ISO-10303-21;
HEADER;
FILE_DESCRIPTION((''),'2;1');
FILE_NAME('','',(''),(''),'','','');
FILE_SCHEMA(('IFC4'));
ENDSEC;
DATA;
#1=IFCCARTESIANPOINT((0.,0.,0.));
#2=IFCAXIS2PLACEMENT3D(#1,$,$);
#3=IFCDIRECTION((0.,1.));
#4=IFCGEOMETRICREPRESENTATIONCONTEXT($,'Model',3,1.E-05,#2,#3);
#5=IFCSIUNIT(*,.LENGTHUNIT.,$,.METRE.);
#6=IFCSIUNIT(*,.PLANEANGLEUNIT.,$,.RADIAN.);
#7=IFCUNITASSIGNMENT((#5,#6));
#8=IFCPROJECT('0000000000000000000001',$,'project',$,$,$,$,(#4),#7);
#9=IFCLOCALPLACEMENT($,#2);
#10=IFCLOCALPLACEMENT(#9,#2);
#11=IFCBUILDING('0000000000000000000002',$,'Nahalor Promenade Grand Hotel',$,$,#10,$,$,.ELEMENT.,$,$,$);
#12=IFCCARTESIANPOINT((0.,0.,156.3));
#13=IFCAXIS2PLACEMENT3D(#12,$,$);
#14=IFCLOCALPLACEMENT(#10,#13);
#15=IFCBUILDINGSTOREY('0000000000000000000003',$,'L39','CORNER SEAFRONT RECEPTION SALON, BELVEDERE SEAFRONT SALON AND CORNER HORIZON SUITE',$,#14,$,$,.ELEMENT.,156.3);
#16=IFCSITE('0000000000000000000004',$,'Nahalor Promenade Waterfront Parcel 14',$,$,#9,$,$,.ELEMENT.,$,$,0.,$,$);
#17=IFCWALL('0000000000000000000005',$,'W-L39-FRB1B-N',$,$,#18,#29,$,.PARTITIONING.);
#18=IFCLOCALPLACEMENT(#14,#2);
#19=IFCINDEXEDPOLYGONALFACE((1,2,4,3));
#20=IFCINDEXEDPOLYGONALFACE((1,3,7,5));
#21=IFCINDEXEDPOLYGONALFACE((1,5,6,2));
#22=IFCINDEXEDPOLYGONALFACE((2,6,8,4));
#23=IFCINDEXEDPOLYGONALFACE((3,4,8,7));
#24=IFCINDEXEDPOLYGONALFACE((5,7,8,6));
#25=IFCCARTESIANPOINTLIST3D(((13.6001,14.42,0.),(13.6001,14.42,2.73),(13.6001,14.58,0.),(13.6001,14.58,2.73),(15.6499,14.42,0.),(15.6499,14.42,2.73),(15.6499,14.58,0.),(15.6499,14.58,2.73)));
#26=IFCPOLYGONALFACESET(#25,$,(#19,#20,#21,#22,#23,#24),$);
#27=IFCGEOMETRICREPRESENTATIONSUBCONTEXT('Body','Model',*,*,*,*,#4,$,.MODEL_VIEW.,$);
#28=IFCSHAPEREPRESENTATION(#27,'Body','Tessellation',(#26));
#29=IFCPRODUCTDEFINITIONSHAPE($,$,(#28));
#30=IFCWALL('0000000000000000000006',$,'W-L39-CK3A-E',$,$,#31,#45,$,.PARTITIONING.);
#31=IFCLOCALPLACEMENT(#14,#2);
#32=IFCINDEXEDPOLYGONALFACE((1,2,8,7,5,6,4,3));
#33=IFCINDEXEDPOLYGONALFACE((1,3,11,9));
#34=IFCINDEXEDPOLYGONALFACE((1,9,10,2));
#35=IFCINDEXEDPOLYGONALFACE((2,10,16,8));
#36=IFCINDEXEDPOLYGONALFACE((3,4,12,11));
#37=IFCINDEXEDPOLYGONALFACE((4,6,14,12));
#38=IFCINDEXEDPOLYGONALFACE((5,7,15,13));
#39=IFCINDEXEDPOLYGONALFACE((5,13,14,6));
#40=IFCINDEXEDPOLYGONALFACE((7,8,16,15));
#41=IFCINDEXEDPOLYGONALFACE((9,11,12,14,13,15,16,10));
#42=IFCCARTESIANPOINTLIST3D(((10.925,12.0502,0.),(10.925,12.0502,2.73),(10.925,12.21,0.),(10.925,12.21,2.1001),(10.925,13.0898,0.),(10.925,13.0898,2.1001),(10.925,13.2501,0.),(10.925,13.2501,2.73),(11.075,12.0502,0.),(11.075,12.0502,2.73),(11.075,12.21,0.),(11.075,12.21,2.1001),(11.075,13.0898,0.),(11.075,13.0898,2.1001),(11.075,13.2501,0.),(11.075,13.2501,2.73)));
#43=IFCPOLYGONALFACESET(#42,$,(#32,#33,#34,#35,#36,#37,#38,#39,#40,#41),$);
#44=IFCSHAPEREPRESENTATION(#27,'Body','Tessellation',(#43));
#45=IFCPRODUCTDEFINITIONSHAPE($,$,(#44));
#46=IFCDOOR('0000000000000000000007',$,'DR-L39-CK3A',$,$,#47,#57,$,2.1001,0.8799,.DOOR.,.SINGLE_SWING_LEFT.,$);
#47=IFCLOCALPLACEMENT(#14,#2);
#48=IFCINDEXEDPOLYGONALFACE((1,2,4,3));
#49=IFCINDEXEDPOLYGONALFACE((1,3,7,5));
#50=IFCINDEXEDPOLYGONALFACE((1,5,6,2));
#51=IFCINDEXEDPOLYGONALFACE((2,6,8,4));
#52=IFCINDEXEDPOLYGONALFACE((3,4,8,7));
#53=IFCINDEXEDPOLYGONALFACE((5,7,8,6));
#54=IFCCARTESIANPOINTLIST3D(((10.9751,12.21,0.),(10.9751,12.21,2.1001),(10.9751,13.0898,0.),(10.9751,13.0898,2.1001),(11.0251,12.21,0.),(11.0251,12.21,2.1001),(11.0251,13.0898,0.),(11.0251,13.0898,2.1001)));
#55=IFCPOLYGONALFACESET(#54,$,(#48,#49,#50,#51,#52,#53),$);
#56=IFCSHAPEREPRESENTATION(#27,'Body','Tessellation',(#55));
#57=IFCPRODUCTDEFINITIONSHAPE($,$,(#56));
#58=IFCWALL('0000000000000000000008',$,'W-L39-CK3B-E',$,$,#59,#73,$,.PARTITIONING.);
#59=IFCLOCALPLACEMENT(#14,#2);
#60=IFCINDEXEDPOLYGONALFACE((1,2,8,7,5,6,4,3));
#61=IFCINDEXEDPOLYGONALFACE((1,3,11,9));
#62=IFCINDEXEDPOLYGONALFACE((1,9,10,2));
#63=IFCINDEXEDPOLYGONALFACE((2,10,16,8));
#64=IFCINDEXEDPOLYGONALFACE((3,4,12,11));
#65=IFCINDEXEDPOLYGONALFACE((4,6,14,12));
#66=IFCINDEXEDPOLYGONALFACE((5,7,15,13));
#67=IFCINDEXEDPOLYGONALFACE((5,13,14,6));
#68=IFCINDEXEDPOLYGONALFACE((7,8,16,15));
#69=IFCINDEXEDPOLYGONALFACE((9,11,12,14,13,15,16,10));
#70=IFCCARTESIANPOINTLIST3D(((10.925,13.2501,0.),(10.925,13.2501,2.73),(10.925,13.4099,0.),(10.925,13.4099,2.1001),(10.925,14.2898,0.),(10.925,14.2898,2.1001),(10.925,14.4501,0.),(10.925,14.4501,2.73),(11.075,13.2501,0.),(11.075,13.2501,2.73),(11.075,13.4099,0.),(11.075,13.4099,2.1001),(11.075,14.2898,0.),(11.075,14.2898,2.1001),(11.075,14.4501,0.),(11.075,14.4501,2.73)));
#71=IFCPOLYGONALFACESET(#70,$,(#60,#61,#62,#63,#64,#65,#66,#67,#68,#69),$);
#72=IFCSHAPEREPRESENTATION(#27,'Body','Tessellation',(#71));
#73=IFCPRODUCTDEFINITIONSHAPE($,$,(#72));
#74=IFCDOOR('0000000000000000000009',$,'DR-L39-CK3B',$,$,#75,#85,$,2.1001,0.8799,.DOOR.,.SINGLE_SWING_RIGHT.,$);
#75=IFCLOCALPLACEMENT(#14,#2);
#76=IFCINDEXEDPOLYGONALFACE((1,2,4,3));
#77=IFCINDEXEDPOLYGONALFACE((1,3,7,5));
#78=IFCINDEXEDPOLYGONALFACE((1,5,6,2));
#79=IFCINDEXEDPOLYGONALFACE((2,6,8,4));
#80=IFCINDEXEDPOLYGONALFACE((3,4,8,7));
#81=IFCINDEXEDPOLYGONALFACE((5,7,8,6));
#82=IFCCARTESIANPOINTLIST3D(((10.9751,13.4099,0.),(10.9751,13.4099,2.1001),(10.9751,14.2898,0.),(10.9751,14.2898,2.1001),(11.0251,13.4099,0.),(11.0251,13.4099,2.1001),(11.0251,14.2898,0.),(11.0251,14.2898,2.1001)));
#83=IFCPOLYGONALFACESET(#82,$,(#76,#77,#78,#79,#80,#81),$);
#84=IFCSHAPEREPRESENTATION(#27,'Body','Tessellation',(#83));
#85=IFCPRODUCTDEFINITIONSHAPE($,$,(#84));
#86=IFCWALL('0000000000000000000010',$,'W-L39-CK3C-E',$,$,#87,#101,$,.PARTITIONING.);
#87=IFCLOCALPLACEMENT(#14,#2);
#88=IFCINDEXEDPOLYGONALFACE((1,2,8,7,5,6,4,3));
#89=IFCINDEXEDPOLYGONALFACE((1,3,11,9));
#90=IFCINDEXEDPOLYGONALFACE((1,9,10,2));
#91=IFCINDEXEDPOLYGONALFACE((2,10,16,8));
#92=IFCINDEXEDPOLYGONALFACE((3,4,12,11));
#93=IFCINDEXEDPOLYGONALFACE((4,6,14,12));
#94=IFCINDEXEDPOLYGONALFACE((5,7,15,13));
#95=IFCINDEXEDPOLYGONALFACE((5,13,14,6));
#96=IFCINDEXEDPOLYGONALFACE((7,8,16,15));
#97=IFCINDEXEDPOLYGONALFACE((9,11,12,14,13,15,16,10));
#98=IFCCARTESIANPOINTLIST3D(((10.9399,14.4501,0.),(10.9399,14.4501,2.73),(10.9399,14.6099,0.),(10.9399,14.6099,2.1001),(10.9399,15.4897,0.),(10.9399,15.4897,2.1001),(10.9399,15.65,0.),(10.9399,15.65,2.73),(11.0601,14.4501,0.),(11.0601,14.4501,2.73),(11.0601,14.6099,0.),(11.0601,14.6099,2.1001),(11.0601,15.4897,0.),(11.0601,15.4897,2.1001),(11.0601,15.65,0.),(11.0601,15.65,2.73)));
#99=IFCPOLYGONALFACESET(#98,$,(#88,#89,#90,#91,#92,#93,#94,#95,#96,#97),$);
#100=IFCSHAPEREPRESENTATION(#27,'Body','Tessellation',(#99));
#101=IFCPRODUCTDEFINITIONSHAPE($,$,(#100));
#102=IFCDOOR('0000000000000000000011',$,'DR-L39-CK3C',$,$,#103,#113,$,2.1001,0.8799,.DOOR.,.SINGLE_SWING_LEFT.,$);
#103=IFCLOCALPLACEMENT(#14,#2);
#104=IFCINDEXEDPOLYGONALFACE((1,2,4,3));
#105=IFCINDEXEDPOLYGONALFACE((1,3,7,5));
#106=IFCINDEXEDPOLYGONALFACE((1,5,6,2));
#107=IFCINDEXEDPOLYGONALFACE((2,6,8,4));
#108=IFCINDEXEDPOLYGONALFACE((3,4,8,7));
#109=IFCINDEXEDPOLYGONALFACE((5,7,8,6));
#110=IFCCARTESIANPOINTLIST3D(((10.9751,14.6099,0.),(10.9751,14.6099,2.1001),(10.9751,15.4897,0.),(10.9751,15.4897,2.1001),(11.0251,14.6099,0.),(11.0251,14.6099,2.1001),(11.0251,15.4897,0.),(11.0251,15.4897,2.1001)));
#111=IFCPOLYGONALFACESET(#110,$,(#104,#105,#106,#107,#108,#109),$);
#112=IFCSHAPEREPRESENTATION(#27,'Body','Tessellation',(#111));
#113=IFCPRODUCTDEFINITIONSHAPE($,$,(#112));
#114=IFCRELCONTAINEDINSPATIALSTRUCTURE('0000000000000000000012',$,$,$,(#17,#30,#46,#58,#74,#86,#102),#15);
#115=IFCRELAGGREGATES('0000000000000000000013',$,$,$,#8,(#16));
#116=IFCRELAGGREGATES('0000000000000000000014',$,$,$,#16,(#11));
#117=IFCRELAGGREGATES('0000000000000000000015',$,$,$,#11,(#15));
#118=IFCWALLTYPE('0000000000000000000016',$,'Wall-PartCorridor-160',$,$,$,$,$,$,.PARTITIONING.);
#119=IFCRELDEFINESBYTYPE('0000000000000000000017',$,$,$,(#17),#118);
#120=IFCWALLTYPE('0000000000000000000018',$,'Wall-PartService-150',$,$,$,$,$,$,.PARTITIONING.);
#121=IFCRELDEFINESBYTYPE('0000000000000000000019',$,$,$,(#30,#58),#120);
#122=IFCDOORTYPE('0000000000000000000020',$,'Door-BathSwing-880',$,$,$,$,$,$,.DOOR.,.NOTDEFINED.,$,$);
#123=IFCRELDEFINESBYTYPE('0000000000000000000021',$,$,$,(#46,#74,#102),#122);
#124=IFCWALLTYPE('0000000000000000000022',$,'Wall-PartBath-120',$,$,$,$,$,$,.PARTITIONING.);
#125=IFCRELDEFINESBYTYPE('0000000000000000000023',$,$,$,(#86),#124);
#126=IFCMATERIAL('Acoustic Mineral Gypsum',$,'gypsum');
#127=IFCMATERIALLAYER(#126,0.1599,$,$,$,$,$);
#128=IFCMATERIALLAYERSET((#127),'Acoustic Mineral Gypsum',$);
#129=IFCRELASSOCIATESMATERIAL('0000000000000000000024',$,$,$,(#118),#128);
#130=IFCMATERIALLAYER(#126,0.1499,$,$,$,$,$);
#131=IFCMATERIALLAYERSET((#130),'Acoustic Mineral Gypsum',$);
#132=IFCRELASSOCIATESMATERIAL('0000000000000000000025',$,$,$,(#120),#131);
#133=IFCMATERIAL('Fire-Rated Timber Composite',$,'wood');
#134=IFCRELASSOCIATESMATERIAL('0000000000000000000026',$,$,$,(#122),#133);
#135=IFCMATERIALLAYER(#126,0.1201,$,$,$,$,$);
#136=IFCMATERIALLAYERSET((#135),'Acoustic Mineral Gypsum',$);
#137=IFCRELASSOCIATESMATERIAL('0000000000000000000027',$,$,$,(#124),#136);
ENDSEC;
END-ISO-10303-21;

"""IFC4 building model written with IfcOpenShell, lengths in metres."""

from ifc_helpers import new_model, si_unit, direction, frame, frame_2d, origin, place, context, subcontext, project, spatial, rectangle, extrude, source, transform, mapped, material, layer, layer_set, type_object, element, fill, save


model = new_model("IFC4")

# Units and contexts
model_context = context("Model", 3, precision=1e-05, world=origin(), true_north=direction((0.0, 1.0)))
body_context = subcontext(model_context, "Body", "Model", "MODEL_VIEW")
ifc_project = project(units=[si_unit("LENGTHUNIT", "METRE"), si_unit("PLANEANGLEUNIT", "RADIAN")], contexts=[model_context])

# Site, building, storey
site_placement = place(None, origin())
site = spatial("IfcSite", under=ifc_project, at=site_placement, Name="Nahalor Promenade Waterfront Parcel 14", CompositionType="ELEMENT", RefElevation=0.0)
building_placement = place(site_placement, origin())
building = spatial("IfcBuilding", under=site, at=building_placement, Name="Nahalor Promenade Grand Hotel", CompositionType="ELEMENT")
storey_placement = place(building_placement, frame((0.0, 0.0, 156.3)))
storey = spatial("IfcBuildingStorey", under=building, at=storey_placement, Name="L39", Description="CORNER SEAFRONT RECEPTION SALON, BELVEDERE SEAFRONT SALON AND CORNER HORIZON SUITE", CompositionType="ELEMENT", Elevation=156.3)

# Wall
ifc_material_1 = material(Name="Acoustic Mineral Gypsum", Category="gypsum")
ifc_layer_1 = layer(ifc_material_1, 0.1599)
ifc_layer_set_1 = layer_set([ifc_layer_1], Name="Acoustic Mineral Gypsum")
wall_type_1 = type_object("IfcWallType", Name="Wall-PartCorridor-160", PredefinedType="PARTITIONING", material=ifc_layer_set_1)
shared_shape_1 = source(origin(), body_context, "Body", "SweptSolid", [
    extrude(rectangle(XDim=2.0498, YDim=0.1599, at=frame_2d((1.0249, 0.0))), origin(), (0.0, 0.0, 1.0), 2.73),
])
wall_1_placement = place(storey_placement, frame((13.6001, 14.5, 0.0), z_axis=(0.0, 0.0, 1.0), x_axis=(1.0, 0.0, 0.0)))
element("IfcWall", 1, at=wall_1_placement, inside=storey, type_object=wall_type_1, Name="W-L39-FRB1B-N", PredefinedType="PARTITIONING", context=body_context, shape_type="MappedRepresentation", body=[
    mapped(shared_shape_1, transform((0.0, 0.0, 0.0), scale=1.0)),
])

# Walls, openings, doors
ifc_layer_2 = layer(ifc_material_1, 0.1499)
ifc_layer_set_2 = layer_set([ifc_layer_2], Name="Acoustic Mineral Gypsum")
wall_type_2 = type_object("IfcWallType", Name="Wall-PartService-150", PredefinedType="PARTITIONING", material=ifc_layer_set_2)
shared_shape_2 = source(origin(), body_context, "Body", "SweptSolid", [
    extrude(rectangle(XDim=1.2, YDim=0.1499, at=frame_2d((0.6001, 0.0))), origin(), (0.0, 0.0, 1.0), 2.73),
])
wall_2_placement = place(storey_placement, frame((11.0, 12.05, 0.0), z_axis=(0.0, 0.0, 1.0), x_axis=(0.0, 1.0, 0.0)))
wall_2 = element("IfcWall", 2, at=wall_2_placement, inside=storey, type_object=wall_type_2, Name="W-L39-CK3A-E", PredefinedType="PARTITIONING", context=body_context, shape_type="MappedRepresentation", body=[
    mapped(shared_shape_2, transform((0.0, 0.0, 0.0), scale=1.0)),
])
opening_1_placement = place(wall_2_placement, frame((0.1599, 0.0, 0.0)))
opening_1 = element("IfcOpeningElement", 3, at=opening_1_placement, cuts=wall_2, PredefinedType="OPENING", context=body_context, shape_type="SweptSolid", body=[
    extrude(rectangle(XDim=0.8799, YDim=2.1001, at=frame_2d((0.4399, 1.05))), frame((0.0, 0.085, 0.0), z_axis=(0.0, -1.0, 0.0), x_axis=(1.0, 0.0, 0.0)), (0.0, 0.0, 1.0), 0.1699),
])
ifc_material_2 = material(Name="Fire-Rated Timber Composite", Category="wood")
door_type_1 = type_object("IfcDoorType", Name="Door-BathSwing-880", OperationType="NOTDEFINED", PredefinedType="DOOR", material=ifc_material_2)
shared_shape_3 = source(origin(), body_context, "Body", "SweptSolid", [
    extrude(rectangle(XDim=0.8799, YDim=2.1001, at=frame_2d((0.4399, 1.05))), frame((0.0, 0.0249, 0.0), z_axis=(0.0, -1.0, 0.0), x_axis=(1.0, 0.0, 0.0)), (0.0, 0.0, 1.0), 0.05),
])
door_1_placement = place(opening_1_placement, origin())
door_1 = element("IfcDoor", 4, at=door_1_placement, inside=storey, type_object=door_type_1, Name="DR-L39-CK3A", OperationType="SINGLE_SWING_LEFT", OverallHeight=2.1001, OverallWidth=0.8799, PredefinedType="DOOR", context=body_context, shape_type="MappedRepresentation", body=[
    mapped(shared_shape_3, transform((0.0, 0.0, 0.0), scale=1.0)),
])
fill(opening_1, door_1)
wall_3_placement = place(storey_placement, frame((11.0, 13.25, 0.0), z_axis=(0.0, 0.0, 1.0), x_axis=(0.0, 1.0, 0.0)))
wall_3 = element("IfcWall", 5, at=wall_3_placement, inside=storey, type_object=wall_type_2, Name="W-L39-CK3B-E", PredefinedType="PARTITIONING", context=body_context, shape_type="MappedRepresentation", body=[
    mapped(shared_shape_2, transform((0.0, 0.0, 0.0), scale=1.0)),
])
opening_2_placement = place(wall_3_placement, frame((0.1599, 0.0, 0.0)))
opening_2 = element("IfcOpeningElement", 6, at=opening_2_placement, cuts=wall_3, PredefinedType="OPENING", context=body_context, shape_type="SweptSolid", body=[
    extrude(rectangle(XDim=0.8799, YDim=2.1001, at=frame_2d((0.4399, 1.05))), frame((0.0, 0.085, 0.0), z_axis=(0.0, -1.0, 0.0), x_axis=(1.0, 0.0, 0.0)), (0.0, 0.0, 1.0), 0.1699),
])
door_2_placement = place(opening_2_placement, origin())
door_2 = element("IfcDoor", 7, at=door_2_placement, inside=storey, type_object=door_type_1, Name="DR-L39-CK3B", OperationType="SINGLE_SWING_RIGHT", OverallHeight=2.1001, OverallWidth=0.8799, PredefinedType="DOOR", context=body_context, shape_type="MappedRepresentation", body=[
    mapped(shared_shape_3, transform((0.0, 0.0, 0.0), scale=1.0)),
])
fill(opening_2, door_2)
ifc_layer_3 = layer(ifc_material_1, 0.1201)
ifc_layer_set_3 = layer_set([ifc_layer_3], Name="Acoustic Mineral Gypsum")
wall_type_3 = type_object("IfcWallType", Name="Wall-PartBath-120", PredefinedType="PARTITIONING", material=ifc_layer_set_3)
shared_shape_4 = source(origin(), body_context, "Body", "SweptSolid", [
    extrude(rectangle(XDim=1.2, YDim=0.1201, at=frame_2d((0.6001, 0.0))), origin(), (0.0, 0.0, 1.0), 2.73),
])
wall_4_placement = place(storey_placement, frame((11.0, 14.45, 0.0), z_axis=(0.0, 0.0, 1.0), x_axis=(0.0, 1.0, 0.0)))
wall_4 = element("IfcWall", 8, at=wall_4_placement, inside=storey, type_object=wall_type_3, Name="W-L39-CK3C-E", PredefinedType="PARTITIONING", context=body_context, shape_type="MappedRepresentation", body=[
    mapped(shared_shape_4, transform((0.0, 0.0, 0.0), scale=1.0)),
])
opening_3_placement = place(wall_4_placement, frame((0.1599, 0.0, 0.0)))
opening_3 = element("IfcOpeningElement", 9, at=opening_3_placement, cuts=wall_4, PredefinedType="OPENING", context=body_context, shape_type="SweptSolid", body=[
    extrude(rectangle(XDim=0.8799, YDim=2.1001, at=frame_2d((0.4399, 1.05))), frame((0.0, 0.0701, 0.0), z_axis=(0.0, -1.0, 0.0), x_axis=(1.0, 0.0, 0.0)), (0.0, 0.0, 1.0), 0.1401),
])
door_3_placement = place(opening_3_placement, origin())
door_3 = element("IfcDoor", 10, at=door_3_placement, inside=storey, type_object=door_type_1, Name="DR-L39-CK3C", OperationType="SINGLE_SWING_LEFT", OverallHeight=2.1001, OverallWidth=0.8799, PredefinedType="DOOR", context=body_context, shape_type="MappedRepresentation", body=[
    mapped(shared_shape_3, transform((0.0, 0.0, 0.0), scale=1.0)),
])
fill(opening_3, door_3)

save(model, "model.ifc")
